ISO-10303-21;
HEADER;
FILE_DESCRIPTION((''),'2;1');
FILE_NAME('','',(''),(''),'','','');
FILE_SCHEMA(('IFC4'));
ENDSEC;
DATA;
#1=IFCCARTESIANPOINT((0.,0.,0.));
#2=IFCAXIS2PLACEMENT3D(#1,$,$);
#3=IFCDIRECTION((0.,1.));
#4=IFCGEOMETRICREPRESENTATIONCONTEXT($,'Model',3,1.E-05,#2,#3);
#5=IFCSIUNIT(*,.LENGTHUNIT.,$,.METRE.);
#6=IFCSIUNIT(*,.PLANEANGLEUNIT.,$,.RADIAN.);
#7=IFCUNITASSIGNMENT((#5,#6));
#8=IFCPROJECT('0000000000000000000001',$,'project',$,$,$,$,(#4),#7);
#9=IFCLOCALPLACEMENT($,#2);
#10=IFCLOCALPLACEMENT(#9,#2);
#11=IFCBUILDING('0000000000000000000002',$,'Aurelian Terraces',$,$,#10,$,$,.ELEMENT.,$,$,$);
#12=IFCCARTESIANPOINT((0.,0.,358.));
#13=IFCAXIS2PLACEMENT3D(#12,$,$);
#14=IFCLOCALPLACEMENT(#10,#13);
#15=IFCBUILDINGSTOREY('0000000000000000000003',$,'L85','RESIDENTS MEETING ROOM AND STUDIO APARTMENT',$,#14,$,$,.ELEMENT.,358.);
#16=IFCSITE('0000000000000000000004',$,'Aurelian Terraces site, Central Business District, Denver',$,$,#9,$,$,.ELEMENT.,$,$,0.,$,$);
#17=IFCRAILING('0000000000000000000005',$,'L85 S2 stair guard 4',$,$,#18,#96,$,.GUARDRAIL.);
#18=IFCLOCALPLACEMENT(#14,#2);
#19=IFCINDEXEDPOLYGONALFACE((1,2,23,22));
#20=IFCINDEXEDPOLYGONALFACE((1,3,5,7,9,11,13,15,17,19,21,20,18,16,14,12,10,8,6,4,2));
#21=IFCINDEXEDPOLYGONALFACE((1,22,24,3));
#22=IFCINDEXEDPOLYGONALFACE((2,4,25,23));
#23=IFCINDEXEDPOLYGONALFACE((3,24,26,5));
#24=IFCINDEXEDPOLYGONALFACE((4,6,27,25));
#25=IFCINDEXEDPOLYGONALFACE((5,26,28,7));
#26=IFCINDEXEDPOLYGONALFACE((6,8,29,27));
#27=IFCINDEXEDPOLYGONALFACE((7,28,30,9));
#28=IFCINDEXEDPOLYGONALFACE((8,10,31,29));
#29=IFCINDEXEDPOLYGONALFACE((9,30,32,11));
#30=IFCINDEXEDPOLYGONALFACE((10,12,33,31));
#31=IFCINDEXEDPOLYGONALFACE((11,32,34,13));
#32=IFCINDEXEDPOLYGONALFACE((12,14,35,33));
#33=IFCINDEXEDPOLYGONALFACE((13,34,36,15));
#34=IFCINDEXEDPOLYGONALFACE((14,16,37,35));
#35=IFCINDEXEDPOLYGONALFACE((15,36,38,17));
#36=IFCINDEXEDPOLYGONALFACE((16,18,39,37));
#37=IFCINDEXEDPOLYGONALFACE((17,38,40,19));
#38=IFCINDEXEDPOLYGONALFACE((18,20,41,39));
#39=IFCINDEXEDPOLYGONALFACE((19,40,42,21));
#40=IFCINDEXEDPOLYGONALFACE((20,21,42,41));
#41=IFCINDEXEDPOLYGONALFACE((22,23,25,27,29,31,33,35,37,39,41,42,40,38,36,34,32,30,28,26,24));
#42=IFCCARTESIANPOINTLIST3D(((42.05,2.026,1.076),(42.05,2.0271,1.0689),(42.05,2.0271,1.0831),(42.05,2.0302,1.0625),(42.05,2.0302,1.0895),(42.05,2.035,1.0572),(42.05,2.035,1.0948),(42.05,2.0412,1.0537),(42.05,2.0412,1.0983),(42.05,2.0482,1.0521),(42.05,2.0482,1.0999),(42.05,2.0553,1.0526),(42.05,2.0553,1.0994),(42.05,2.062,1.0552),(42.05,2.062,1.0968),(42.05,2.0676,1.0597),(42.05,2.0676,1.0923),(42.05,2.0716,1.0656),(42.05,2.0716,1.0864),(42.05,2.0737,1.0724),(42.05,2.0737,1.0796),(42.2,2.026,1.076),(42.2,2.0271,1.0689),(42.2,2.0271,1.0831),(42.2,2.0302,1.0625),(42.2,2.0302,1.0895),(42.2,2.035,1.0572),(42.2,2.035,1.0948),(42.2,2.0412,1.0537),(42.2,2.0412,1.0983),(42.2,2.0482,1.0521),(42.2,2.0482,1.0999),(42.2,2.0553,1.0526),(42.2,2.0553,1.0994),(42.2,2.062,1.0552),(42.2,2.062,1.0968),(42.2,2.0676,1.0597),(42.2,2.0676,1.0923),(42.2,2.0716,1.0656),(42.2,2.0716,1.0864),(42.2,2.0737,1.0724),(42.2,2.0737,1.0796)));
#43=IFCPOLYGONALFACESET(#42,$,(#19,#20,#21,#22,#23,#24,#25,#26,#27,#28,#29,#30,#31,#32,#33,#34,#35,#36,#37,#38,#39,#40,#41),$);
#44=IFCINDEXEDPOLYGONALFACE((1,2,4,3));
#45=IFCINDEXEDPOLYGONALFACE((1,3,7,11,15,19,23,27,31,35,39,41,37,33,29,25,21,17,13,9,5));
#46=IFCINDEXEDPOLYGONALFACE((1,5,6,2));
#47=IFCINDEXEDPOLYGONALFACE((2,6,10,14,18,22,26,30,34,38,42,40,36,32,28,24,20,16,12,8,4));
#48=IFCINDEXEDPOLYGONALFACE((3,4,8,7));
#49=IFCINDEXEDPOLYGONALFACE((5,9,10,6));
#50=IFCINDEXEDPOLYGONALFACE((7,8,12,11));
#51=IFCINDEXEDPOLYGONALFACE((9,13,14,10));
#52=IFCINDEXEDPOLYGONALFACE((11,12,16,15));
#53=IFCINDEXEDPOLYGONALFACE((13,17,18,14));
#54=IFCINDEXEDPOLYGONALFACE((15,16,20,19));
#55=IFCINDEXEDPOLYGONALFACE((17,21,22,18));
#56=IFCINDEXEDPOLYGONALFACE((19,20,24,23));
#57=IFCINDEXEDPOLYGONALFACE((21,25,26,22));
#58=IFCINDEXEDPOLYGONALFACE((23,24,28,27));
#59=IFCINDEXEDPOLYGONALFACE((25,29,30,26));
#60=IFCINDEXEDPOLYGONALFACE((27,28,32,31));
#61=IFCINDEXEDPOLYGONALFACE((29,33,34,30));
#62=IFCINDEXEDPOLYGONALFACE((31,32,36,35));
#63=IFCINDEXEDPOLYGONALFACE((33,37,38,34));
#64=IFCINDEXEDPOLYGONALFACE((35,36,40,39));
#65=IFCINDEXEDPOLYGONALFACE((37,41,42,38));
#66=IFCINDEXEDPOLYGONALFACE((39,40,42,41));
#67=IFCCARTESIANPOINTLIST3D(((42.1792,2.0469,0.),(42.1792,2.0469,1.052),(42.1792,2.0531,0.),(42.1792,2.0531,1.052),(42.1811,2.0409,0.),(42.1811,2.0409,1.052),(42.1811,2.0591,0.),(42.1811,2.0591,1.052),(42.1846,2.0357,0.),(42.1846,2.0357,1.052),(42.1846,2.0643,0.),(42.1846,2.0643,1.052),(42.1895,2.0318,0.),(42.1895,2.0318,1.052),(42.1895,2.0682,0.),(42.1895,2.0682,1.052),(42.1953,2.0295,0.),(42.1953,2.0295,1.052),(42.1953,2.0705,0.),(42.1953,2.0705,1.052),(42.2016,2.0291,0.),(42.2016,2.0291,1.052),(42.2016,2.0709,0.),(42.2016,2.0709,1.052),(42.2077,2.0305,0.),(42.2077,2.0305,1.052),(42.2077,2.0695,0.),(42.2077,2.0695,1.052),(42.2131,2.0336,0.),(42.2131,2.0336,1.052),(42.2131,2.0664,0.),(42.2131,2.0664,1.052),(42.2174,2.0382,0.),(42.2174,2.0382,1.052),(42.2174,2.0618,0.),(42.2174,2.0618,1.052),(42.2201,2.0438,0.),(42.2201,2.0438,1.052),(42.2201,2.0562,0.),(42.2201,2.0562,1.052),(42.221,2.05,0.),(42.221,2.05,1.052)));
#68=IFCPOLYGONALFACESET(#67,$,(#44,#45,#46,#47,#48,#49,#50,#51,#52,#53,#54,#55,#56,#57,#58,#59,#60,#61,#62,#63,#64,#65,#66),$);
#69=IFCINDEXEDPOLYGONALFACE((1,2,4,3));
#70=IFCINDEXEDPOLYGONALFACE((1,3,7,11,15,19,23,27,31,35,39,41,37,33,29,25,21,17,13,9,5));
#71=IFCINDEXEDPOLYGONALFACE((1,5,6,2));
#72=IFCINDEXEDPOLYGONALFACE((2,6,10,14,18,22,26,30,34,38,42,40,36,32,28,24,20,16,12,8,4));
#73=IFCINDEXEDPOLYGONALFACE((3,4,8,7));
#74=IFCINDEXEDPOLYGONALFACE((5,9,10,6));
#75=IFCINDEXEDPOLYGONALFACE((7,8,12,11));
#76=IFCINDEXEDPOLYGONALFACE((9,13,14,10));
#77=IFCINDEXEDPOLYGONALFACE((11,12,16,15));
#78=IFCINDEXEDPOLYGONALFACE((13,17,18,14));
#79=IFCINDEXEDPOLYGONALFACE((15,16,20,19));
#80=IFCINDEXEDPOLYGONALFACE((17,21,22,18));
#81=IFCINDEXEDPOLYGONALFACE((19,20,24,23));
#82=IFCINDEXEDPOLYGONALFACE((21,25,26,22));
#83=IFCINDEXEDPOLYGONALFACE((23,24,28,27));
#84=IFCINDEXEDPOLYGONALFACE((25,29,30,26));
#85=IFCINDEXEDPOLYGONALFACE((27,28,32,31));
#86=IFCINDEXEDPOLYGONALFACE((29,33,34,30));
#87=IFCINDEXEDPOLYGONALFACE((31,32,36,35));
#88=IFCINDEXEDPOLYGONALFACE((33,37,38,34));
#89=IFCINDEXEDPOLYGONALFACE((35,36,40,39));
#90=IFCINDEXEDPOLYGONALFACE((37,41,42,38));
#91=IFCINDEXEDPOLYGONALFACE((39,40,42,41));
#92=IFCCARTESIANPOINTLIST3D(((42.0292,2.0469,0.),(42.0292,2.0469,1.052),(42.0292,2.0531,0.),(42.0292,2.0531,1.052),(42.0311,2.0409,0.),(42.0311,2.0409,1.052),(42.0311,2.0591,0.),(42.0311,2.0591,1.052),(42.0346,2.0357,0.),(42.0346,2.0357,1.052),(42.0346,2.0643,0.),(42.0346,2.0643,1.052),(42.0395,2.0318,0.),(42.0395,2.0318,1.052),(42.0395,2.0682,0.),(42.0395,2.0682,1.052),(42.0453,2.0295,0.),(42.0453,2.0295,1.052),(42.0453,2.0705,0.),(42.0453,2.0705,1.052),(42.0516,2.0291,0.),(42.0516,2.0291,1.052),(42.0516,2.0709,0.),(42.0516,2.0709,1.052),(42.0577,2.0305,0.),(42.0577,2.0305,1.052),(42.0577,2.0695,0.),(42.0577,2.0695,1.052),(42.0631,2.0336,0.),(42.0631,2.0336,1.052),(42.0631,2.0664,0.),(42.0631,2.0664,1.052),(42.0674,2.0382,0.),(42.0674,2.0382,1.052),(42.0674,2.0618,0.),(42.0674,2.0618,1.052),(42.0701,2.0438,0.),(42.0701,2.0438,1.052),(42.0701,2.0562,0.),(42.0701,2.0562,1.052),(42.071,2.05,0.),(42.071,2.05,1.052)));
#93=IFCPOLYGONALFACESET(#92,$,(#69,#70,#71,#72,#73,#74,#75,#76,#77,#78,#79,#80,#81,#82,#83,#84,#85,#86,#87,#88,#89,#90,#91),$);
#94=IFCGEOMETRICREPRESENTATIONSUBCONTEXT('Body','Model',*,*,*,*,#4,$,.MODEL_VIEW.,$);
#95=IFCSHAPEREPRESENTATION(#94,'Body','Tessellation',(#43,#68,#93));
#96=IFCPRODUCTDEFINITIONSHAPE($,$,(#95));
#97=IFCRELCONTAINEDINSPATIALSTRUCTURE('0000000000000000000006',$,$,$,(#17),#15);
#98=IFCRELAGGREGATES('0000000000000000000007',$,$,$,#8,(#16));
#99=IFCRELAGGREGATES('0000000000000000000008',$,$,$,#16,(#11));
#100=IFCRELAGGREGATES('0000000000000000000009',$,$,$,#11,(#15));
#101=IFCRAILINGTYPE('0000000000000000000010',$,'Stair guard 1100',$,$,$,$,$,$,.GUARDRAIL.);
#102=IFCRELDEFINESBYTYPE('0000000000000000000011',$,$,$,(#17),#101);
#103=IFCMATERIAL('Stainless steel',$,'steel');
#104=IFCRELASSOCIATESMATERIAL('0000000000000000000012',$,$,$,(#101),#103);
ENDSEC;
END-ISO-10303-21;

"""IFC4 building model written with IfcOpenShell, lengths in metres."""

from ifc_helpers import new_model, si_unit, direction, frame, origin, origin_2d, place, context, subcontext, project, spatial, circle, extrude, source, transform, mapped, material, type_object, element, save


model = new_model("IFC4")

# Units and contexts
model_context = context("Model", 3, precision=1e-05, world=origin(), true_north=direction((0.0, 1.0)))
body_context = subcontext(model_context, "Body", "Model", "MODEL_VIEW")
ifc_project = project(units=[si_unit("LENGTHUNIT", "METRE"), si_unit("PLANEANGLEUNIT", "RADIAN")], contexts=[model_context])

# Site, building, storey
site_placement = place(None, origin())
site = spatial("IfcSite", under=ifc_project, at=site_placement, Name="Aurelian Terraces site, Central Business District, Denver", CompositionType="ELEMENT", RefElevation=0.0)
building_placement = place(site_placement, origin())
building = spatial("IfcBuilding", under=site, at=building_placement, Name="Aurelian Terraces", CompositionType="ELEMENT")
storey_placement = place(building_placement, frame((0.0, 0.0, 358.0)))
storey = spatial("IfcBuildingStorey", under=building, at=storey_placement, Name="L85", Description="RESIDENTS MEETING ROOM AND STUDIO APARTMENT", CompositionType="ELEMENT", Elevation=358.0)

# Railing
ifc_material_1 = material(Name="Stainless steel", Category="steel")
railing_type_1 = type_object("IfcRailingType", Name="Stair guard 1100", PredefinedType="GUARDRAIL", material=ifc_material_1)
shared_shape_1 = source(origin(), body_context, "Body", "SweptSolid", [
    extrude(circle(Radius=0.024, at=origin_2d()), frame((0.0, 0.0, 1.076), z_axis=(-1.0, 0.0, 0.0), x_axis=(0.0, -1.0, 0.0)), (0.0, 0.0, 1.0), 0.15),
    extrude(circle(Radius=0.021, at=origin_2d()), origin(), (0.0, 0.0, 1.0), 1.052),
    extrude(circle(Radius=0.021, at=origin_2d()), frame((-0.15, 0.0, 0.0)), (0.0, 0.0, 1.0), 1.052),
])
for number, where, name in (
    (1, (42.2, 2.05, 0.0), "L85 S2 stair guard 4"),
):
    element("IfcRailing", number, at=place(storey_placement, frame(where)), inside=storey, type_object=railing_type_1, Name=name, PredefinedType="GUARDRAIL", context=body_context, shape_type="MappedRepresentation", body=[
        mapped(shared_shape_1, transform((0.0, 0.0, 0.0), scale=1.0)),
    ])

save(model, "model.ifc")
